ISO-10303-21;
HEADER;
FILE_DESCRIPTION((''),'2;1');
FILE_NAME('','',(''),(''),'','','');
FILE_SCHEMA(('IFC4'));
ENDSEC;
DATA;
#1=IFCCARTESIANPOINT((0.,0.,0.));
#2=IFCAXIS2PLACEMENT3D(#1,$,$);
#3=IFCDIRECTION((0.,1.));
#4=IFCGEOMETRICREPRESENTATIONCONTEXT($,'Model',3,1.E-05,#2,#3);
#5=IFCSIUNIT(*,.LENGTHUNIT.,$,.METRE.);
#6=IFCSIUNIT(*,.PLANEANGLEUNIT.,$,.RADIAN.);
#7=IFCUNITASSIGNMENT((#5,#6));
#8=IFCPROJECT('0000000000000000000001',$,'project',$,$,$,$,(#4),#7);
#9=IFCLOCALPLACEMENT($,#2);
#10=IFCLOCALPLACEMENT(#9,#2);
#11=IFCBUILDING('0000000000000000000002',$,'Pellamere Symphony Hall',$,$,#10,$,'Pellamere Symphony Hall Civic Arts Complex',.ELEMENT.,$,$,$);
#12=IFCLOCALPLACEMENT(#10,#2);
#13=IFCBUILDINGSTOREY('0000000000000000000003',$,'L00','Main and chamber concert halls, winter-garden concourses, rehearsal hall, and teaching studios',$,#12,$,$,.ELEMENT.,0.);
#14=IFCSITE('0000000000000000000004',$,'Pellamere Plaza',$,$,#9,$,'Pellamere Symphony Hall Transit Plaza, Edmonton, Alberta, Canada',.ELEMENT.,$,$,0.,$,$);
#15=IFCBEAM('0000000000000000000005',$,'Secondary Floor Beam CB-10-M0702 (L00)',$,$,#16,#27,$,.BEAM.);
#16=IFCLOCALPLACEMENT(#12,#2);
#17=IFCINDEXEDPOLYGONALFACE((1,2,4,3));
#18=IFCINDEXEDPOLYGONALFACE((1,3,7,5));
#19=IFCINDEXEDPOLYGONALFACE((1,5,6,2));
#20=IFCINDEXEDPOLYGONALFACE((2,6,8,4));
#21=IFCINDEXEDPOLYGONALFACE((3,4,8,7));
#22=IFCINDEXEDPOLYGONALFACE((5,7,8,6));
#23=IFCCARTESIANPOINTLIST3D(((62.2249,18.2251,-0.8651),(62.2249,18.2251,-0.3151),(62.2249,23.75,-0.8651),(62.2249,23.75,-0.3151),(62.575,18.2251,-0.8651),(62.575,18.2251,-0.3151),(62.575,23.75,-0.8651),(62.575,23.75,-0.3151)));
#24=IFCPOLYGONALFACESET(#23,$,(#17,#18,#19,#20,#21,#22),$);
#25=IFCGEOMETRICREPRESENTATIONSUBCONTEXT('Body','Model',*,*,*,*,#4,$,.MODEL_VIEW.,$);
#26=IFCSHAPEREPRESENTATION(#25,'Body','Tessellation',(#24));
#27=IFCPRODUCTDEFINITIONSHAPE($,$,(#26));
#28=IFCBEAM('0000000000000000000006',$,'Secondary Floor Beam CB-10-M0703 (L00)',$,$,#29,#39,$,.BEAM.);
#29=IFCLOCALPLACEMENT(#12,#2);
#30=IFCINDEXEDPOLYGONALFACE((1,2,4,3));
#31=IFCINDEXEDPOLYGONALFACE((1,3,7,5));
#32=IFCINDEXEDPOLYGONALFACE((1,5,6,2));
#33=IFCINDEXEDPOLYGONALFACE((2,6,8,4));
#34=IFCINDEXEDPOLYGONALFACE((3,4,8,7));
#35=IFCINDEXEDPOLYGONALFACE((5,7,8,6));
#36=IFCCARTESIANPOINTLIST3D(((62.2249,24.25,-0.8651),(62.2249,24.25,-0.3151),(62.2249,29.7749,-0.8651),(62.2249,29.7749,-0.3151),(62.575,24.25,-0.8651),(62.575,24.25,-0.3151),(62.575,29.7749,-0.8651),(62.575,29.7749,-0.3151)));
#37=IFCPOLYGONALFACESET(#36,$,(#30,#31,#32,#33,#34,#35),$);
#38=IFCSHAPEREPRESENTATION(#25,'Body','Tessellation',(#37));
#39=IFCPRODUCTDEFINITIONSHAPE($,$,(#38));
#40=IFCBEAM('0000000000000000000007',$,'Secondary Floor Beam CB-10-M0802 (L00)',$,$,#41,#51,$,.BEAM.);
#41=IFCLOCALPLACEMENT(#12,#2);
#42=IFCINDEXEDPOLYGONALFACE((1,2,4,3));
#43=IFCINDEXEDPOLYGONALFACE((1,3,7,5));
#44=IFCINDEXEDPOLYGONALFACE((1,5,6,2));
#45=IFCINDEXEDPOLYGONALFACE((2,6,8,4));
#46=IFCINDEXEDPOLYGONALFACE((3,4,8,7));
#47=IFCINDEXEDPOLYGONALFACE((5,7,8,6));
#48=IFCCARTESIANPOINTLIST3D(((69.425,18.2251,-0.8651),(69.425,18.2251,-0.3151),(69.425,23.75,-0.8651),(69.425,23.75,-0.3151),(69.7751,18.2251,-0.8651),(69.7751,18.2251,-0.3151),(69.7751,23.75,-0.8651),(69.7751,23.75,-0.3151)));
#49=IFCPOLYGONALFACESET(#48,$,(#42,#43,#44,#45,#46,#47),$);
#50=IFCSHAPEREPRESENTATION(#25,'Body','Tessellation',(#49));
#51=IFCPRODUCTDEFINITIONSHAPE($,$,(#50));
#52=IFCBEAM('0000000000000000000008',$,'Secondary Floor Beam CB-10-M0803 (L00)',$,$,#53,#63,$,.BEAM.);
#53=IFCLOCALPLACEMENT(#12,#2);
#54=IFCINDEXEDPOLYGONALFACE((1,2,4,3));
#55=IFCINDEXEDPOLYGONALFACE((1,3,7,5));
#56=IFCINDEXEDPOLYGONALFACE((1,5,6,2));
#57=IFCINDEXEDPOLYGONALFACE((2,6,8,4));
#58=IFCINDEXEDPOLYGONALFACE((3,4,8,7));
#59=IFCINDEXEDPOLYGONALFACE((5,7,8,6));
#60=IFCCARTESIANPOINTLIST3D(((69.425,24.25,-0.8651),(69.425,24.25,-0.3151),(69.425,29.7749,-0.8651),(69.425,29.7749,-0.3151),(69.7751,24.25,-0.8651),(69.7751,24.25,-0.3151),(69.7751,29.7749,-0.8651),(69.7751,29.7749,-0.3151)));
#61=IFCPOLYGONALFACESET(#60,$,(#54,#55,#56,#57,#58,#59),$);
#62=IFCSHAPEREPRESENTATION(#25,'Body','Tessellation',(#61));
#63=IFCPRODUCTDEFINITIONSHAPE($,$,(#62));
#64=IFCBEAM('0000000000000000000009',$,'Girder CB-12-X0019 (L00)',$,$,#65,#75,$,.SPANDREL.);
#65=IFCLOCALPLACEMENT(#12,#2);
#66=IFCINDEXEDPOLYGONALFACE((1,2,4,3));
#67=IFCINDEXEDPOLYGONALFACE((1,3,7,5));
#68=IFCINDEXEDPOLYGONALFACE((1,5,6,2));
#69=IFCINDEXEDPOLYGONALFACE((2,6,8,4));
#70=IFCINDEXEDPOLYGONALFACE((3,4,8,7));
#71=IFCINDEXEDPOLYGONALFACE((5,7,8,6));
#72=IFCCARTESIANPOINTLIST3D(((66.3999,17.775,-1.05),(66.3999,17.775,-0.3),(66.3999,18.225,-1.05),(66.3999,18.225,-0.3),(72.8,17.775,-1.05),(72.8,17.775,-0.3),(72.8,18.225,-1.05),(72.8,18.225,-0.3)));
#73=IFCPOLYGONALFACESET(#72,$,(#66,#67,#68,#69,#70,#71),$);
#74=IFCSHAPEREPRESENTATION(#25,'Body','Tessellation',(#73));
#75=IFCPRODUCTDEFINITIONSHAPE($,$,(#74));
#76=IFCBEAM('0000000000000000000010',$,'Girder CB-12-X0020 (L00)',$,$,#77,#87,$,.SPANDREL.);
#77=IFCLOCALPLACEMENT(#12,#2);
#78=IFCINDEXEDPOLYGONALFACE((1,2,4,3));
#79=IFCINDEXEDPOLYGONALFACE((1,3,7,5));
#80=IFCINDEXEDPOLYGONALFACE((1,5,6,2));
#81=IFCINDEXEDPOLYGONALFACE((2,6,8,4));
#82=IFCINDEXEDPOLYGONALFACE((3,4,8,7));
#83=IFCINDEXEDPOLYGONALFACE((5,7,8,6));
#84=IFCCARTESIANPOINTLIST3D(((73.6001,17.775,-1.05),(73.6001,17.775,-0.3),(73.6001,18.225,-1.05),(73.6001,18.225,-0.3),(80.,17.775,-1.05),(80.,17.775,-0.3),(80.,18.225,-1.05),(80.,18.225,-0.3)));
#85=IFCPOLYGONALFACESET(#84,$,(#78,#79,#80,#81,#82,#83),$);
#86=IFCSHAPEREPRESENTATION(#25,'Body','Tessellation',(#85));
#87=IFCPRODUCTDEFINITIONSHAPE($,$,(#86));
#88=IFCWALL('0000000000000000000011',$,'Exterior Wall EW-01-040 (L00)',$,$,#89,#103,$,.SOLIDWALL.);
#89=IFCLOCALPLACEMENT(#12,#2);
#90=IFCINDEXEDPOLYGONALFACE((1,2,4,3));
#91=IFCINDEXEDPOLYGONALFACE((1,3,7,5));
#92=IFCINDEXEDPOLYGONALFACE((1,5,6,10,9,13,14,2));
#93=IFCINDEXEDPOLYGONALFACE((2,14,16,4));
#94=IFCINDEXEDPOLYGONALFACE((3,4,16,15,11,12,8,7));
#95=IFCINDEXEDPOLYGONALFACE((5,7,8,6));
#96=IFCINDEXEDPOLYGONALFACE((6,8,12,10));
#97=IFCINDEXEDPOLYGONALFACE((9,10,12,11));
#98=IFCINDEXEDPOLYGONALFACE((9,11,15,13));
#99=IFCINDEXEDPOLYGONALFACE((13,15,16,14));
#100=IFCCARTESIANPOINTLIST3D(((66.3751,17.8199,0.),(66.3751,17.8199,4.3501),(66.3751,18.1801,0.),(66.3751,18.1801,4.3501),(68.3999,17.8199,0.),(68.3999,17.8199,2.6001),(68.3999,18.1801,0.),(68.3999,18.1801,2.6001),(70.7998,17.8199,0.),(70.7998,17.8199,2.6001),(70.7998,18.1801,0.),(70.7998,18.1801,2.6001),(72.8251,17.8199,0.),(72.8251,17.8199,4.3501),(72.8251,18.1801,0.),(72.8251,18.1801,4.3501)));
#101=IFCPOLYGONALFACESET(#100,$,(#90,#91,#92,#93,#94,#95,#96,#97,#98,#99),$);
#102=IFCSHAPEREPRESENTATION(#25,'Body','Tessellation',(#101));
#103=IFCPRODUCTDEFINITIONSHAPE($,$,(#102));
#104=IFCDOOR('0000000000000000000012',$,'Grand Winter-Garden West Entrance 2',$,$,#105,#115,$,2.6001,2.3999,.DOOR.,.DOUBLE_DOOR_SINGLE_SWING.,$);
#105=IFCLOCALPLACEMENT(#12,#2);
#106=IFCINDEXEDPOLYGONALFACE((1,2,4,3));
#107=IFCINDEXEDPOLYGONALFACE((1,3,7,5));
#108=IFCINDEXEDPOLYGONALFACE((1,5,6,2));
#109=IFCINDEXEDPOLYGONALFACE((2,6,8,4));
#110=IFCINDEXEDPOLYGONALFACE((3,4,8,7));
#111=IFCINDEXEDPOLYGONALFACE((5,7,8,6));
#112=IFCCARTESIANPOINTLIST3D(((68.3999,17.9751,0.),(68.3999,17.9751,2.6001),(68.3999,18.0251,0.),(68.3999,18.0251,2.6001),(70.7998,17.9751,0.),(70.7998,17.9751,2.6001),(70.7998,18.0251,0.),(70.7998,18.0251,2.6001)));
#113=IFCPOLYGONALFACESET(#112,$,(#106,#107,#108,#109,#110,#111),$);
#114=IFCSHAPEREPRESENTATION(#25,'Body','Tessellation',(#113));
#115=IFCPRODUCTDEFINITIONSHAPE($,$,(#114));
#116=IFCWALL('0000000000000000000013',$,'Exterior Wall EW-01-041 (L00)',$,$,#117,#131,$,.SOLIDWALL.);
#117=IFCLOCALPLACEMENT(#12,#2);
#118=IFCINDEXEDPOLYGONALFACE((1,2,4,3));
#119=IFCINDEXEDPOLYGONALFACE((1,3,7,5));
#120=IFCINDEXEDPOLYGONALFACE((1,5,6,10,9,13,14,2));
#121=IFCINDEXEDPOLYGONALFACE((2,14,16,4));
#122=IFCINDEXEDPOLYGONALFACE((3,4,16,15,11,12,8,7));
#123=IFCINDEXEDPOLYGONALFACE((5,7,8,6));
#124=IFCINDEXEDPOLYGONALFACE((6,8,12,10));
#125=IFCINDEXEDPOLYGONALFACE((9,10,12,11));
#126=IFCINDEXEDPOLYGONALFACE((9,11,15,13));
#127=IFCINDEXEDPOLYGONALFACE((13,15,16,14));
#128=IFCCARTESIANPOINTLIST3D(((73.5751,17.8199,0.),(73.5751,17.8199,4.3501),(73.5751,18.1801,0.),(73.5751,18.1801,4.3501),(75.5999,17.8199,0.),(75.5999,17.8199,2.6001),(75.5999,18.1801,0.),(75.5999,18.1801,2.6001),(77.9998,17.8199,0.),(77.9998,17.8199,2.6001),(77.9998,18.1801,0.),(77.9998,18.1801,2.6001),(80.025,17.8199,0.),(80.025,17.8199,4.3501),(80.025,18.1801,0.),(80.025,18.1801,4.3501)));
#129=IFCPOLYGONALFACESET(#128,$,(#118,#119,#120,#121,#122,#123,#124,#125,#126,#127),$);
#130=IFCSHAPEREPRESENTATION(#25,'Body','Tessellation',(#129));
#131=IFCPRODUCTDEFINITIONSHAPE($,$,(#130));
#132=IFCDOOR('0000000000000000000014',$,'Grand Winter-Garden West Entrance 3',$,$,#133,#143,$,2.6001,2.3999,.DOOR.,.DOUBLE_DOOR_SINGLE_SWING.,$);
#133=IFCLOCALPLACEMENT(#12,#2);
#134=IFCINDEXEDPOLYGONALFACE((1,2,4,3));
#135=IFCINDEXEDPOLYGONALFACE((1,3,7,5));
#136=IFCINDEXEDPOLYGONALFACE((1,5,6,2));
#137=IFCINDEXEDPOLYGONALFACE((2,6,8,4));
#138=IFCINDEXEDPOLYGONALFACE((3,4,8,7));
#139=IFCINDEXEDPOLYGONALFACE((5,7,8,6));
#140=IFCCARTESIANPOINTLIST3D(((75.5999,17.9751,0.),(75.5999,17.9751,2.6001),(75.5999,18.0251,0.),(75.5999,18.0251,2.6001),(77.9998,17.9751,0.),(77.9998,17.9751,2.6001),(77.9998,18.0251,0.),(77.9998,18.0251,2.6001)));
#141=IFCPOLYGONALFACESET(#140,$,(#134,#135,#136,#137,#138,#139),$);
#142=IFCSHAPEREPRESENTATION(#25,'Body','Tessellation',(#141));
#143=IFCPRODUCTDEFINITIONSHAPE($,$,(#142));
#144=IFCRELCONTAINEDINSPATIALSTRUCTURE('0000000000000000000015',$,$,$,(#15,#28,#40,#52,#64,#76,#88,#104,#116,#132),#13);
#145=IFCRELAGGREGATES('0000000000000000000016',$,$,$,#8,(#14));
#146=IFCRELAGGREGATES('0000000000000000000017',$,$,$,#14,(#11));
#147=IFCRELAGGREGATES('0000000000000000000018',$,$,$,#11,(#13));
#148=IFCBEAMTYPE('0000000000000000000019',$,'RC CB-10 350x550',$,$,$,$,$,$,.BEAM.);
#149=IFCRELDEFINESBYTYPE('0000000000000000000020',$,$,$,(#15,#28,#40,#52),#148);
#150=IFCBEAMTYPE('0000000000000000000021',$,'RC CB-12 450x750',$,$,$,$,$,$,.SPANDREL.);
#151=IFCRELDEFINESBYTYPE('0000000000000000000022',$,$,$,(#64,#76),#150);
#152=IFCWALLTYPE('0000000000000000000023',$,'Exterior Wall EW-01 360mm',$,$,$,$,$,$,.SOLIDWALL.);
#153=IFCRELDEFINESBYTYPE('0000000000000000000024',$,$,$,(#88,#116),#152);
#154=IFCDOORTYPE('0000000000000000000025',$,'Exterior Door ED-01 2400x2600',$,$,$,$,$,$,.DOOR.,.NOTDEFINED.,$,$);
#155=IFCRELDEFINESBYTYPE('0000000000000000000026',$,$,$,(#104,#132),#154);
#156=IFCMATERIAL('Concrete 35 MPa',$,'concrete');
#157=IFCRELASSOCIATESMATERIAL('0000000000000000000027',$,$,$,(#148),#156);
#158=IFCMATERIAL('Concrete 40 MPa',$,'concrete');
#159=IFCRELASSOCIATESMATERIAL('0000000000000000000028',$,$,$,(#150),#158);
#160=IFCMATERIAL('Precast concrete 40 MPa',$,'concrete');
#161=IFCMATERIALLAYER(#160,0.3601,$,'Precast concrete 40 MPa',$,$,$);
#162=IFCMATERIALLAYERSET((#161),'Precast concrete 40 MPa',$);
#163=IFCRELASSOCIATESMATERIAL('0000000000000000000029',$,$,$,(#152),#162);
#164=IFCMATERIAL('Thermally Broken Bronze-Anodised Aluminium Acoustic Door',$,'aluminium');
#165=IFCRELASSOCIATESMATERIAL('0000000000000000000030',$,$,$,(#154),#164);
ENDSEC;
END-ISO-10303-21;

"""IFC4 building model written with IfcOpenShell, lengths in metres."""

from ifc_helpers import new_model, si_unit, direction, frame, frame_2d, origin, origin_2d, place, context, subcontext, project, spatial, rectangle, extrude, material, layer, layer_set, material_profile, profile_set, type_object, element, fill, save


model = new_model("IFC4")

# Units and contexts
model_context = context("Model", 3, precision=1e-05, world=origin(), true_north=direction((0.0, 1.0)))
body_context = subcontext(model_context, "Body", "Model", "MODEL_VIEW")
ifc_project = project(units=[si_unit("LENGTHUNIT", "METRE"), si_unit("PLANEANGLEUNIT", "RADIAN")], contexts=[model_context])

# Site, building, storey
site_placement = place(None, origin())
site = spatial("IfcSite", under=ifc_project, at=site_placement, Name="Pellamere Plaza", LongName="Pellamere Symphony Hall Transit Plaza, Edmonton, Alberta, Canada", CompositionType="ELEMENT", RefElevation=0.0)
building_placement = place(site_placement, origin())
building = spatial("IfcBuilding", under=site, at=building_placement, Name="Pellamere Symphony Hall", LongName="Pellamere Symphony Hall Civic Arts Complex", CompositionType="ELEMENT")
storey_placement = place(building_placement, origin())
storey = spatial("IfcBuildingStorey", under=building, at=storey_placement, Name="L00", Description="Main and chamber concert halls, winter-garden concourses, rehearsal hall, and teaching studios", CompositionType="ELEMENT", Elevation=0.0)

# Shared definitions
ifc_material_1 = material(Name="Concrete 40 MPa", Category="concrete")

# Beams
ifc_material_2 = material(Name="Concrete 35 MPa", Category="concrete")
ifc_material_profile_1 = material_profile(ifc_material_2, rectangle(XDim=0.3501, YDim=0.55, at=origin_2d()), Name="RC 350x550")
ifc_profile_set_1 = profile_set([ifc_material_profile_1], Name="Concrete 35 MPa")
beam_type_1 = type_object("IfcBeamType", Name="RC CB-10 350x550", PredefinedType="BEAM", material=ifc_profile_set_1)
for number, where, z_axis, x_axis, name in (
    (1, (62.3999, 18.2251, -0.5901), (0.0, 1.0, 0.0), (-1.0, 0.0, 0.0), "Secondary Floor Beam CB-10-M0702 (L00)"),
    (2, (62.3999, 24.25, -0.5901), (0.0, 1.0, 0.0), (-1.0, 0.0, 0.0), "Secondary Floor Beam CB-10-M0703 (L00)"),
    (3, (69.6001, 18.2251, -0.5901), (0.0, 1.0, 0.0), (-1.0, 0.0, 0.0), "Secondary Floor Beam CB-10-M0802 (L00)"),
    (4, (69.6001, 24.25, -0.5901), (0.0, 1.0, 0.0), (-1.0, 0.0, 0.0), "Secondary Floor Beam CB-10-M0803 (L00)"),
):
    element("IfcBeam", number, at=place(storey_placement, frame(where, z_axis=z_axis, x_axis=x_axis)), inside=storey, type_object=beam_type_1, Name=name, PredefinedType="BEAM", context=body_context, shape_type="SweptSolid", body=[
        extrude(rectangle(XDim=0.3501, YDim=0.55, at=origin_2d()), origin(), (0.0, 0.0, 1.0), 5.5249),
    ])
ifc_material_profile_2 = material_profile(ifc_material_1, rectangle(XDim=0.45, YDim=0.75, at=origin_2d()), Name="RC 450x750")
ifc_profile_set_2 = profile_set([ifc_material_profile_2], Name="Concrete 40 MPa")
beam_type_2 = type_object("IfcBeamType", Name="RC CB-12 450x750", PredefinedType="SPANDREL", material=ifc_profile_set_2)
beam_1_placement = place(storey_placement, frame((66.3999, 18.0, -0.675), z_axis=(1.0, 0.0, 0.0), x_axis=(0.0, 1.0, 0.0)))
element("IfcBeam", 5, at=beam_1_placement, inside=storey, type_object=beam_type_2, Name="Girder CB-12-X0019 (L00)", PredefinedType="SPANDREL", context=body_context, shape_type="SweptSolid", body=[
    extrude(rectangle(XDim=0.45, YDim=0.75, at=origin_2d()), origin(), (0.0, 0.0, 1.0), 6.4001),
])
beam_2_placement = place(storey_placement, frame((73.6001, 18.0, -0.675), z_axis=(1.0, 0.0, 0.0), x_axis=(0.0, 1.0, 0.0)))
element("IfcBeam", 6, at=beam_2_placement, inside=storey, type_object=beam_type_2, Name="Girder CB-12-X0020 (L00)", PredefinedType="SPANDREL", context=body_context, shape_type="SweptSolid", body=[
    extrude(rectangle(XDim=0.45, YDim=0.75, at=origin_2d()), origin(), (0.0, 0.0, 1.0), 6.3999),
])

# Walls, openings, doors
ifc_material_3 = material(Name="Precast concrete 40 MPa", Category="concrete")
ifc_layer = layer(ifc_material_3, 0.3601, Name="Precast concrete 40 MPa")
ifc_layer_set = layer_set([ifc_layer], Name="Precast concrete 40 MPa")
wall_type = type_object("IfcWallType", Name="Exterior Wall EW-01 360mm", PredefinedType="SOLIDWALL", material=ifc_layer_set)
wall_1_placement = place(storey_placement, frame((66.375, 18.0, 0.0), z_axis=(0.0, 0.0, 1.0), x_axis=(1.0, 0.0, 0.0)))
wall_1 = element("IfcWall", 7, at=wall_1_placement, inside=storey, type_object=wall_type, Name="Exterior Wall EW-01-040 (L00)", PredefinedType="SOLIDWALL", context=body_context, shape_type="SweptSolid", body=[
    extrude(rectangle(XDim=6.45, YDim=0.3601, at=frame_2d((3.2251, 0.0))), origin(), (0.0, 0.0, 1.0), 4.3501),
])
opening_1_placement = place(wall_1_placement, frame((2.0249, 0.0, 0.0)))
opening_1 = element("IfcOpeningElement", 8, at=opening_1_placement, cuts=wall_1, PredefinedType="OPENING", context=body_context, shape_type="SweptSolid", body=[
    extrude(rectangle(XDim=2.3999, YDim=2.6001, at=frame_2d((1.2, 1.3))), frame((0.0, 0.1899, 0.0), z_axis=(0.0, -1.0, 0.0), x_axis=(1.0, 0.0, 0.0)), (0.0, 0.0, 1.0), 0.3801),
])
ifc_material_4 = material(Name="Thermally Broken Bronze-Anodised Aluminium Acoustic Door", Category="aluminium")
door_type = type_object("IfcDoorType", Name="Exterior Door ED-01 2400x2600", OperationType="NOTDEFINED", PredefinedType="DOOR", material=ifc_material_4)
door_1_placement = place(opening_1_placement, frame((2.3999, 0.0, 0.0), z_axis=(0.0, 0.0, 1.0), x_axis=(-1.0, 0.0, 0.0)))
door_1 = element("IfcDoor", 9, at=door_1_placement, inside=storey, type_object=door_type, Name="Grand Winter-Garden West Entrance 2", OperationType="DOUBLE_DOOR_SINGLE_SWING", OverallHeight=2.6001, OverallWidth=2.3999, PredefinedType="DOOR", context=body_context, shape_type="SweptSolid", body=[
    extrude(rectangle(XDim=2.3999, YDim=2.6001, at=frame_2d((1.2, 1.3))), frame((0.0, 0.0249, 0.0), z_axis=(0.0, -1.0, 0.0), x_axis=(1.0, 0.0, 0.0)), (0.0, 0.0, 1.0), 0.05),
])
fill(opening_1, door_1)
wall_2_placement = place(storey_placement, frame((73.575, 18.0, 0.0), z_axis=(0.0, 0.0, 1.0), x_axis=(1.0, 0.0, 0.0)))
wall_2 = element("IfcWall", 10, at=wall_2_placement, inside=storey, type_object=wall_type, Name="Exterior Wall EW-01-041 (L00)", PredefinedType="SOLIDWALL", context=body_context, shape_type="SweptSolid", body=[
    extrude(rectangle(XDim=6.45, YDim=0.3601, at=frame_2d((3.2251, 0.0))), origin(), (0.0, 0.0, 1.0), 4.3501),
])
opening_2_placement = place(wall_2_placement, frame((2.0249, 0.0, 0.0)))
opening_2 = element("IfcOpeningElement", 11, at=opening_2_placement, cuts=wall_2, PredefinedType="OPENING", context=body_context, shape_type="SweptSolid", body=[
    extrude(rectangle(XDim=2.3999, YDim=2.6001, at=frame_2d((1.2, 1.3))), frame((0.0, 0.1899, 0.0), z_axis=(0.0, -1.0, 0.0), x_axis=(1.0, 0.0, 0.0)), (0.0, 0.0, 1.0), 0.3801),
])
door_2_placement = place(opening_2_placement, frame((2.3999, 0.0, 0.0), z_axis=(0.0, 0.0, 1.0), x_axis=(-1.0, 0.0, 0.0)))
door_2 = element("IfcDoor", 12, at=door_2_placement, inside=storey, type_object=door_type, Name="Grand Winter-Garden West Entrance 3", OperationType="DOUBLE_DOOR_SINGLE_SWING", OverallHeight=2.6001, OverallWidth=2.3999, PredefinedType="DOOR", context=body_context, shape_type="SweptSolid", body=[
    extrude(rectangle(XDim=2.3999, YDim=2.6001, at=frame_2d((1.2, 1.3))), frame((0.0, 0.0249, 0.0), z_axis=(0.0, -1.0, 0.0), x_axis=(1.0, 0.0, 0.0)), (0.0, 0.0, 1.0), 0.05),
])
fill(opening_2, door_2)

save(model, "model.ifc")
